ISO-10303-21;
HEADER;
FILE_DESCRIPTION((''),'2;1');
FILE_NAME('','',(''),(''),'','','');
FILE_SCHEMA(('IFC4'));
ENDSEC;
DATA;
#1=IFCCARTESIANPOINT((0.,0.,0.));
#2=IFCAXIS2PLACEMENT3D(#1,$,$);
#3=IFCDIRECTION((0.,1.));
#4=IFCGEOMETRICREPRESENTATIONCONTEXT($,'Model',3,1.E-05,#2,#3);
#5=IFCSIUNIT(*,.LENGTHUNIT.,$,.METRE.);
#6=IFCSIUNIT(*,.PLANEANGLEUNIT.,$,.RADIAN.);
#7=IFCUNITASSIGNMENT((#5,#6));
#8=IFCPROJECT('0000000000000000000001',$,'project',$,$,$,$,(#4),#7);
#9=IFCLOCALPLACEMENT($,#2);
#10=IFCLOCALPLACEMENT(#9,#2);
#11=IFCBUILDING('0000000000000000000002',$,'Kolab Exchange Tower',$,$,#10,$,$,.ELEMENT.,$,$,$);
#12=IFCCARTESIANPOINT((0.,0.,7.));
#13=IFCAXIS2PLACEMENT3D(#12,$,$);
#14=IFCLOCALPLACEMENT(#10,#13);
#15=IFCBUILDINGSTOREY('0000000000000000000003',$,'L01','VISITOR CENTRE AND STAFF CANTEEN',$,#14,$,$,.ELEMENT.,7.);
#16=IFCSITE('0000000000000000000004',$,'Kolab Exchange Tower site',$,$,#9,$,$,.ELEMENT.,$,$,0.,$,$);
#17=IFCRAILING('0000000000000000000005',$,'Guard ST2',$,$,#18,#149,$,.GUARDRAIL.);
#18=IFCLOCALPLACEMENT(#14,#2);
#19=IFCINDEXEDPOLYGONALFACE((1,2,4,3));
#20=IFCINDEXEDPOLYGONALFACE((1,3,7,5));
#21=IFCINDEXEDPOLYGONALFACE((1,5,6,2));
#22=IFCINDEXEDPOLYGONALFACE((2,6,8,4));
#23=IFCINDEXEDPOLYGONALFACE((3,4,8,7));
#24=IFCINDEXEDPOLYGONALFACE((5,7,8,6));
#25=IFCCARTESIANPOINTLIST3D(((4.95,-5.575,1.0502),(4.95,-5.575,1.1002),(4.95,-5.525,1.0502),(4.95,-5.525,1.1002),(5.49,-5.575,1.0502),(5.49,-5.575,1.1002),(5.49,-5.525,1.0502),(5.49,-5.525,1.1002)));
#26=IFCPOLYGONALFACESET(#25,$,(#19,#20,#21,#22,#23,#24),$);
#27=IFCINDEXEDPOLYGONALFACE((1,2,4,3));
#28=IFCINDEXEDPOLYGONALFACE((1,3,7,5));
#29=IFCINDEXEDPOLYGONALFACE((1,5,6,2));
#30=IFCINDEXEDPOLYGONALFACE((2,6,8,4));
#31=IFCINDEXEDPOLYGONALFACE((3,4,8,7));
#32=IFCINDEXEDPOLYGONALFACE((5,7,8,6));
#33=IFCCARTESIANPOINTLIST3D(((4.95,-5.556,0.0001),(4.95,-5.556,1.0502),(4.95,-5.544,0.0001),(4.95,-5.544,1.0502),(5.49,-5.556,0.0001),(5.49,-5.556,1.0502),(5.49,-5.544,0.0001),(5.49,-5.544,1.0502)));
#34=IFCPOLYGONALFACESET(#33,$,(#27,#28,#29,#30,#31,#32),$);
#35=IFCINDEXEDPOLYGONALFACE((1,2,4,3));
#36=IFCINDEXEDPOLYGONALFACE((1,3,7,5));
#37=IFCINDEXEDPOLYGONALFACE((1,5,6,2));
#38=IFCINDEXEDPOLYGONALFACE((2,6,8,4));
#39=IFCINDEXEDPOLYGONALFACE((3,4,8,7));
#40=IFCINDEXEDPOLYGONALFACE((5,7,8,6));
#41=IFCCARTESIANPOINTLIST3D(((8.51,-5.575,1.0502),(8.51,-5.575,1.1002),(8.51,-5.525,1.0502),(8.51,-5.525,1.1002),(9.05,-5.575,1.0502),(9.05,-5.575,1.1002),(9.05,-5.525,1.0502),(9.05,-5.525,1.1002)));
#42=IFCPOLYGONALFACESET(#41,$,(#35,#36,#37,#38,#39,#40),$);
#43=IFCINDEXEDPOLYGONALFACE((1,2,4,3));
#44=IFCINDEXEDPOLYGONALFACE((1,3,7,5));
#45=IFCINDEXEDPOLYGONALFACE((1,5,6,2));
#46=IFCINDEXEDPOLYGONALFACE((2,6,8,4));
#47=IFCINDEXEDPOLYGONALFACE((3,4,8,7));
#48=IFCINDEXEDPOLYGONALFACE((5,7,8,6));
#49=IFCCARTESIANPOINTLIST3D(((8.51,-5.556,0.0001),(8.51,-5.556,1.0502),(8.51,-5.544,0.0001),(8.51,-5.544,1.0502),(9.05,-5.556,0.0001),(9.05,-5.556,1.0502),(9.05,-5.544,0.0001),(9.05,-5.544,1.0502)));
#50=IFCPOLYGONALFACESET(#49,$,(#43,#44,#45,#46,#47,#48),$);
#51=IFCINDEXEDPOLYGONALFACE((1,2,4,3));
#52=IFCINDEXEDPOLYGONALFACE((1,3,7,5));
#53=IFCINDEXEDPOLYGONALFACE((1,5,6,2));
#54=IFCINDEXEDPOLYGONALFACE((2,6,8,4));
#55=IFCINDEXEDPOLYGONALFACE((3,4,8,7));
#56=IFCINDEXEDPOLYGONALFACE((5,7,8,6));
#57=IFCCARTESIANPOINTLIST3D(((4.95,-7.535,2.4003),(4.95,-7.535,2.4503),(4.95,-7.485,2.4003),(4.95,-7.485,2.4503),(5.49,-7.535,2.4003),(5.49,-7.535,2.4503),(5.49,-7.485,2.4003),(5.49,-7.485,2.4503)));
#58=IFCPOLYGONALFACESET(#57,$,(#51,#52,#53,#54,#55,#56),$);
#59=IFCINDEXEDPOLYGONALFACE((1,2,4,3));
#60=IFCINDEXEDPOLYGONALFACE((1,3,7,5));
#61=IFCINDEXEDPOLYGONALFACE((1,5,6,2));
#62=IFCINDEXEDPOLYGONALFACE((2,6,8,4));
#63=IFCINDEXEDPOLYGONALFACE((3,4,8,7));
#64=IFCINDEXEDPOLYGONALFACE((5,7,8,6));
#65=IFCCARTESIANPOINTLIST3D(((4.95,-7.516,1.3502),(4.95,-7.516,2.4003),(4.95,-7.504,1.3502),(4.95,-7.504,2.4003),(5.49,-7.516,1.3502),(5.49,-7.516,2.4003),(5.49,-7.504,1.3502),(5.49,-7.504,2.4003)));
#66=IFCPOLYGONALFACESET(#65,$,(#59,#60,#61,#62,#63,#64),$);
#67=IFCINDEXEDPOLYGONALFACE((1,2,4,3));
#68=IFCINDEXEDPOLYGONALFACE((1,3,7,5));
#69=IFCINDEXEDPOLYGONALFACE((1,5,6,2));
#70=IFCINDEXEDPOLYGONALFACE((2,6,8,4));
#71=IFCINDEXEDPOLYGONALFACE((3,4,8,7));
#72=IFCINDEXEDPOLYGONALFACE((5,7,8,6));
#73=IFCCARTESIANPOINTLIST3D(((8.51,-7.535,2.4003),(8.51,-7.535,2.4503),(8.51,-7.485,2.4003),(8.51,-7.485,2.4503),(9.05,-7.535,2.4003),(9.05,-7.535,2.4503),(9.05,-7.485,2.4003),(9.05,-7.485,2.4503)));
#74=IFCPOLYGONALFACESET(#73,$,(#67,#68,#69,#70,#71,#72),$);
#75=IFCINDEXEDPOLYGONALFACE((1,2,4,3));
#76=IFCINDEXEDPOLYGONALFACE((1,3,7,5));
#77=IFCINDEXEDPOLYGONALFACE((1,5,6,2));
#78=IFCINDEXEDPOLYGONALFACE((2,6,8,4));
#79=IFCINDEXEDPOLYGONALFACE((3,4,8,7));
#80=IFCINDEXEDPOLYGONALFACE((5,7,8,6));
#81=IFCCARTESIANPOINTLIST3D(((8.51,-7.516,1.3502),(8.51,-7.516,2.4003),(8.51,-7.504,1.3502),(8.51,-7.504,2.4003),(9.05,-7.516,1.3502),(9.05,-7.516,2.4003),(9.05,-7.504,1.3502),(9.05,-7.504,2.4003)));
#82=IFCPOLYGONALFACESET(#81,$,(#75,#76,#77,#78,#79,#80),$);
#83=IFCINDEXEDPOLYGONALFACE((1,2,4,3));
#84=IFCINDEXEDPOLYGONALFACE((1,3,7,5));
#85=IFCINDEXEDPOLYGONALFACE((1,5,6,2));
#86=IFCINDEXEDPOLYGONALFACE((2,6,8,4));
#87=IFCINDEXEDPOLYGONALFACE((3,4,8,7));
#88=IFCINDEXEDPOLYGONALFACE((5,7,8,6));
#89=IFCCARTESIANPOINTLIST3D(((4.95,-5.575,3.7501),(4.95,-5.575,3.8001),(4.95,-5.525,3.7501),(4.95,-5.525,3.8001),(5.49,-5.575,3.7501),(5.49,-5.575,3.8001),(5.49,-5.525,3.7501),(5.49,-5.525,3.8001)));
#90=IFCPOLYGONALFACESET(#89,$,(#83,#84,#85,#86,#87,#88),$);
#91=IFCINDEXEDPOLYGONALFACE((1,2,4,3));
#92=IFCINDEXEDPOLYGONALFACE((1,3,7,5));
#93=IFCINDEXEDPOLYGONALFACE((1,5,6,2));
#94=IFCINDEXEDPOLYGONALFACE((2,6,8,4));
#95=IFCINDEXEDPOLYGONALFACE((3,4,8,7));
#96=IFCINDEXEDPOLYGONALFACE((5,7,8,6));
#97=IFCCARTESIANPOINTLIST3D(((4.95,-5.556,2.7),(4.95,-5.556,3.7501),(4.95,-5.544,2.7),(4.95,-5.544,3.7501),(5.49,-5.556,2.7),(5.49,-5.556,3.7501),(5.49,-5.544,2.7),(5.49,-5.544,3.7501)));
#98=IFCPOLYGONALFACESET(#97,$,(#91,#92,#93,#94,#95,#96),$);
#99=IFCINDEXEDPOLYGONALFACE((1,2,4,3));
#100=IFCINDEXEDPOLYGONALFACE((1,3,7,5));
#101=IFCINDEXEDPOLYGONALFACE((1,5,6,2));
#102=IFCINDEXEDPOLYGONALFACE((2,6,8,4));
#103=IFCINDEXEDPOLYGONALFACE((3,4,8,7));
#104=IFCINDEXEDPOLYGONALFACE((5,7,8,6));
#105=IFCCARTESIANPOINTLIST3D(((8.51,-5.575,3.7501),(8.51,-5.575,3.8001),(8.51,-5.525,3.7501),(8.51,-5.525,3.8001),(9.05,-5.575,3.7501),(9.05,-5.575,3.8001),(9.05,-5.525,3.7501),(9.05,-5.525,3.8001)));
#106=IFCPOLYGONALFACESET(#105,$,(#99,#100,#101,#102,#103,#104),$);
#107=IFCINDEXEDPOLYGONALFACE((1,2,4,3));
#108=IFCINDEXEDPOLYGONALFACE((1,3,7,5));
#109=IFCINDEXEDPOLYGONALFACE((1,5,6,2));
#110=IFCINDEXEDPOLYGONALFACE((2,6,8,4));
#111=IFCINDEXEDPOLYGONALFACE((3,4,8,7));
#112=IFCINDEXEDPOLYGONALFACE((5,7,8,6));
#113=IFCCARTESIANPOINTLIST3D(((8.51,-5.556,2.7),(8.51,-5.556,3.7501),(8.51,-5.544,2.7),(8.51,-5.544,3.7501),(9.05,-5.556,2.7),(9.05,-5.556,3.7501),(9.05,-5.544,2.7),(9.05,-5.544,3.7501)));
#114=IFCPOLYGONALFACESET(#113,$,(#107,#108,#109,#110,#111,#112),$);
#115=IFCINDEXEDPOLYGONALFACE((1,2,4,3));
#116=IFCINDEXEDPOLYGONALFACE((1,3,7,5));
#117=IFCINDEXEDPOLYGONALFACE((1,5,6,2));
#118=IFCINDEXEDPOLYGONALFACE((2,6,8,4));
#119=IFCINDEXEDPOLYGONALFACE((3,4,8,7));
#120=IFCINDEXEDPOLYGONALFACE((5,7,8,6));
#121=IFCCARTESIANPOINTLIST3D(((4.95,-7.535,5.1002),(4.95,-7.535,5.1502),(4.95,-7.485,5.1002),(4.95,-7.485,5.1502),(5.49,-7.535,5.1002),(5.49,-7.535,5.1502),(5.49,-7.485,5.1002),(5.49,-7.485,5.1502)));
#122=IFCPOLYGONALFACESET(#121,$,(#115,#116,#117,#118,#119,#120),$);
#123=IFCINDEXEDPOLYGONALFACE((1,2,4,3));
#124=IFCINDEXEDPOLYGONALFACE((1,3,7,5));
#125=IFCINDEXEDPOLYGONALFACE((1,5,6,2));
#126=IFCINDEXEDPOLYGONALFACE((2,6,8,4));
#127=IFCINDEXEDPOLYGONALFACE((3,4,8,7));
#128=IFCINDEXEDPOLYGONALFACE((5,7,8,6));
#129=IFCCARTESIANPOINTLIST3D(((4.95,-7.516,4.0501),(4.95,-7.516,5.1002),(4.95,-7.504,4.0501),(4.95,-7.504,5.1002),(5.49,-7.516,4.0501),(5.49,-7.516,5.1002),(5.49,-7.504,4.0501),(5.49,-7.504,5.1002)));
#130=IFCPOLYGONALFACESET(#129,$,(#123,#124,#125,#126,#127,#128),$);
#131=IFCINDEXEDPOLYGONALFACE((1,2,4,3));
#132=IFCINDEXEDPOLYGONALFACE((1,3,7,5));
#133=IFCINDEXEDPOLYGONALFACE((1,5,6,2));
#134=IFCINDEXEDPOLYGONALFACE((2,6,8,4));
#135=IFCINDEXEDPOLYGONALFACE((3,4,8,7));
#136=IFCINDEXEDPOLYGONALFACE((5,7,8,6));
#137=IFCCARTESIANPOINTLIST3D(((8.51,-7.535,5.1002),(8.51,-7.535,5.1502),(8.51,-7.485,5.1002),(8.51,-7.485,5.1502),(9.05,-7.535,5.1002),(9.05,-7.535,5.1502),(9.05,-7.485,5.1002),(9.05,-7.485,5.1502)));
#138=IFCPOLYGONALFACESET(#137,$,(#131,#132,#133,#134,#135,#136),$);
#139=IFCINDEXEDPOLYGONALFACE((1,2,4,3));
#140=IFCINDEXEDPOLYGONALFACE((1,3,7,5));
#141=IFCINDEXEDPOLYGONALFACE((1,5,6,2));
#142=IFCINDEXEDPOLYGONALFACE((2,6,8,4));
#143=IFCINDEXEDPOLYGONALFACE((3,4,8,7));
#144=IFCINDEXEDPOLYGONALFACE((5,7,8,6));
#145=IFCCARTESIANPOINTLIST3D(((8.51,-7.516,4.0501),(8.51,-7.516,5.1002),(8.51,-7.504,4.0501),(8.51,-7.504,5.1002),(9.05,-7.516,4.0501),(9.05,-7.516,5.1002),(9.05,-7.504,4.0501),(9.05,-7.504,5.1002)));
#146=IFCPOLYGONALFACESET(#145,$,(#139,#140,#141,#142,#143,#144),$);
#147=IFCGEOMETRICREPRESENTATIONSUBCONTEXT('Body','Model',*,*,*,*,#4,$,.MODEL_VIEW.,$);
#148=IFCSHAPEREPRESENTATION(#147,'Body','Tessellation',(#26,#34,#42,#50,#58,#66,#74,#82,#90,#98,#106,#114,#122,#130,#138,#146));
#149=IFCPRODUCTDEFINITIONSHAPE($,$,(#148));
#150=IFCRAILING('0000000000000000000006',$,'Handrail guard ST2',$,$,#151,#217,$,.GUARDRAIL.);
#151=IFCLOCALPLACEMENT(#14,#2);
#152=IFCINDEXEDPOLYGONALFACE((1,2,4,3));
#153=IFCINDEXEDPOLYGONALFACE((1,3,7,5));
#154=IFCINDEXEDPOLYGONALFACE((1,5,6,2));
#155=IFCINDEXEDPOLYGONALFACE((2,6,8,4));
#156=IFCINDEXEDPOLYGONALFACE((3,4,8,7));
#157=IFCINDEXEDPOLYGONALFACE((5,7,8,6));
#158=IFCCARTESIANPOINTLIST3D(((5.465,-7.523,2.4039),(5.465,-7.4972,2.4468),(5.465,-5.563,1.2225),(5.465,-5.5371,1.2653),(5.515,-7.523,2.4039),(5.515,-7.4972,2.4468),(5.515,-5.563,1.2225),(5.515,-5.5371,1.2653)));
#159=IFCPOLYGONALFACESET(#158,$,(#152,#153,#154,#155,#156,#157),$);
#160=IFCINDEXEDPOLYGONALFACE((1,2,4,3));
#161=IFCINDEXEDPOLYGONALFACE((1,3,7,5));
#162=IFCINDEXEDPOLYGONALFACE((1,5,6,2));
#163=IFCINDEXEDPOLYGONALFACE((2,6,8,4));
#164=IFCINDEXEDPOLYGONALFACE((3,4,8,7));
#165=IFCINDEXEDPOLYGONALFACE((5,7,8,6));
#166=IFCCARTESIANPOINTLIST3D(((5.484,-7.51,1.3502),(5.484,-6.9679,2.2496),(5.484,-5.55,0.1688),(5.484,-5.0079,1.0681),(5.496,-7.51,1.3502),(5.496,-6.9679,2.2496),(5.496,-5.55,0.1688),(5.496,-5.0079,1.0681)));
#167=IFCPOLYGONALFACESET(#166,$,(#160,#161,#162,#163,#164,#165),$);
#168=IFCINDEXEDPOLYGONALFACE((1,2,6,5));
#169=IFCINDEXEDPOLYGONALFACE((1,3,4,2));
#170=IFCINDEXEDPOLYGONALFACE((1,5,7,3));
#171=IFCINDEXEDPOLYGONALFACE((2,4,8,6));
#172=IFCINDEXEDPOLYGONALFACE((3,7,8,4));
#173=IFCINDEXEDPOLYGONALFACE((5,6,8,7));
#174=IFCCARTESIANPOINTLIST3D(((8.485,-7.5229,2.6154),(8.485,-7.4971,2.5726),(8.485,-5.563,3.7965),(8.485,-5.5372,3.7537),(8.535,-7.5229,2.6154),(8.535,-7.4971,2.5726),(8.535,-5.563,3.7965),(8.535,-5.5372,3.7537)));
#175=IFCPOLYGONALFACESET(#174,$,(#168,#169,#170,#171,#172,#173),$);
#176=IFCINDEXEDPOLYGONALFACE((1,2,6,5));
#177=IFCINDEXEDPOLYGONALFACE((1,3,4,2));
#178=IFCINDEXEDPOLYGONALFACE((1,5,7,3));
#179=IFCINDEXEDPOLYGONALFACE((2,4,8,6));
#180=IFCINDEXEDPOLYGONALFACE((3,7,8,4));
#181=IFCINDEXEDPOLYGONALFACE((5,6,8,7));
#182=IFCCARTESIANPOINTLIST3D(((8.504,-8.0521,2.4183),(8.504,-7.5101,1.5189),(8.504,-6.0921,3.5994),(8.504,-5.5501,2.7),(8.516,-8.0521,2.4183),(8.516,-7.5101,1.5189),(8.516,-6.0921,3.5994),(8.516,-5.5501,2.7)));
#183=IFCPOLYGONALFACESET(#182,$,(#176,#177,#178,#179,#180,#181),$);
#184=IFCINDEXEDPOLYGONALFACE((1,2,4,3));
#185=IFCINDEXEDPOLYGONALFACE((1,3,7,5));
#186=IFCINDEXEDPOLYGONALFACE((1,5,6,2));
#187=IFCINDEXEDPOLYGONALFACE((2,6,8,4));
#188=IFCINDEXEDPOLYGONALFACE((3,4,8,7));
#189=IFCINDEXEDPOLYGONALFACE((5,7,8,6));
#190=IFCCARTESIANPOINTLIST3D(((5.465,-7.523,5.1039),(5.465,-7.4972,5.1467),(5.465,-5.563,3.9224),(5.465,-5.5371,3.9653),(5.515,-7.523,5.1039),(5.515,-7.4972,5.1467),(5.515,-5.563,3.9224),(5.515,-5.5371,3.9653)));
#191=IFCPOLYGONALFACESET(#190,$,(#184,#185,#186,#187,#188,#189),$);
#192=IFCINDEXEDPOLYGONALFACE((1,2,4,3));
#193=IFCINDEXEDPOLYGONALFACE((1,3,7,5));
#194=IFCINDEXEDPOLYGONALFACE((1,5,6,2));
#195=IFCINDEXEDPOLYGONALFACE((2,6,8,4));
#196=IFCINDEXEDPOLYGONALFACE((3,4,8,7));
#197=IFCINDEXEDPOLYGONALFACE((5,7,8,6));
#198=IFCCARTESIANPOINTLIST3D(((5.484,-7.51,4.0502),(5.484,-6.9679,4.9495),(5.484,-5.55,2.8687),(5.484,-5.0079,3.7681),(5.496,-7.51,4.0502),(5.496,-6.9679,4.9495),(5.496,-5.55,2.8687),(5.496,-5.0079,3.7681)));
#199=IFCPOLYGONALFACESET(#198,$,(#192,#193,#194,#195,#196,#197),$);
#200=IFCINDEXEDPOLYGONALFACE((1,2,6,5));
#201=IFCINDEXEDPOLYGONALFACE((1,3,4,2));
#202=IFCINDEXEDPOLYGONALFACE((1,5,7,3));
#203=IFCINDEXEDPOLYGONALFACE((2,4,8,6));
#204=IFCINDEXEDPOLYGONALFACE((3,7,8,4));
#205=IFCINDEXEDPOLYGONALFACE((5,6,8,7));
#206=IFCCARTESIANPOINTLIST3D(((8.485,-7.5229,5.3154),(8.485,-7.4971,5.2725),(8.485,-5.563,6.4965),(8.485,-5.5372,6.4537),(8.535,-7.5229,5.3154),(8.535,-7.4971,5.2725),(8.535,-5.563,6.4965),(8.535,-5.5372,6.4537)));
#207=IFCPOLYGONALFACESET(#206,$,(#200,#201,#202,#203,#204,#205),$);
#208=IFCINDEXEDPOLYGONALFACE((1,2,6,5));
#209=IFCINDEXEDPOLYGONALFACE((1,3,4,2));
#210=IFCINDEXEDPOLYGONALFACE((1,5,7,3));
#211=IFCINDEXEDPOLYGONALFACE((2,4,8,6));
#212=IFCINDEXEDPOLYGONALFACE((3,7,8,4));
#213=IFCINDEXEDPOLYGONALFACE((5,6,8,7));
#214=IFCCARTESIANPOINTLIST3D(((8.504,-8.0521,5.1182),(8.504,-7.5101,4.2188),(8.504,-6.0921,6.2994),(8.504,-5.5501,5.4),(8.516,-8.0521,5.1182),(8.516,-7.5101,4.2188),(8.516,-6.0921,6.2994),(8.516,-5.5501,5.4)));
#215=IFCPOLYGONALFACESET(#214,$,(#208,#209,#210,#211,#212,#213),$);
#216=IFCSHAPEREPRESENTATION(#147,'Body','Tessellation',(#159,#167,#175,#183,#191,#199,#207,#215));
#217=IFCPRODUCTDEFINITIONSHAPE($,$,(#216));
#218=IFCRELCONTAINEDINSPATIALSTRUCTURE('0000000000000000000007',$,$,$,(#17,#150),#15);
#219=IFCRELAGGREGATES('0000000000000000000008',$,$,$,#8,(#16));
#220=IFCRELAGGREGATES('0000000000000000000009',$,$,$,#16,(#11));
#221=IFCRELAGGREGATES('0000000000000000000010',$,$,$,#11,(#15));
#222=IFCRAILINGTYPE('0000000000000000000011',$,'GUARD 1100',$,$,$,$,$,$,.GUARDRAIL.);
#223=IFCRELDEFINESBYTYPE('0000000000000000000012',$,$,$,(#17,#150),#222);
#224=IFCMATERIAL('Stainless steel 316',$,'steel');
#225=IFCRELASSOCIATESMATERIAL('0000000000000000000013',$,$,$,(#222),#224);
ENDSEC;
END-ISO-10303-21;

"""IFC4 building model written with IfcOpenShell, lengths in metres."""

from ifc_helpers import new_model, si_unit, direction, frame, frame_2d, origin, origin_2d, place, context, subcontext, project, spatial, rectangle, extrude, material, type_object, element, save


model = new_model("IFC4")

# Units and contexts
model_context = context("Model", 3, precision=1e-05, world=origin(), true_north=direction((0.0, 1.0)))
body_context = subcontext(model_context, "Body", "Model", "MODEL_VIEW")
ifc_project = project(units=[si_unit("LENGTHUNIT", "METRE"), si_unit("PLANEANGLEUNIT", "RADIAN")], contexts=[model_context])

# Site, building, storey
site_placement = place(None, origin())
site = spatial("IfcSite", under=ifc_project, at=site_placement, Name="Kolab Exchange Tower site", CompositionType="ELEMENT", RefElevation=0.0)
building_placement = place(site_placement, origin())
building = spatial("IfcBuilding", under=site, at=building_placement, Name="Kolab Exchange Tower", CompositionType="ELEMENT")
storey_placement = place(building_placement, frame((0.0, 0.0, 7.0)))
storey = spatial("IfcBuildingStorey", under=building, at=storey_placement, Name="L01", Description="VISITOR CENTRE AND STAFF CANTEEN", CompositionType="ELEMENT", Elevation=7.0)

# Shared definitions
ifc_material_1 = material(Name="Stainless steel 316", Category="steel")

# Railings
railing_type = type_object("IfcRailingType", Name="GUARD 1100", PredefinedType="GUARDRAIL", material=ifc_material_1)
railing_1_placement = place(storey_placement, frame((4.95, -5.55, 0.0)))
element("IfcRailing", 1, at=railing_1_placement, inside=storey, type_object=railing_type, Name="Guard ST2", PredefinedType="GUARDRAIL", context=body_context, shape_type="SweptSolid", body=[
    extrude(rectangle(XDim=0.05, YDim=0.05, at=origin_2d()), frame((0.0, 0.0, 1.0752), z_axis=(1.0, 0.0, 0.0), x_axis=(0.0, 1.0, 0.0)), (0.0, 0.0, 1.0), 0.54),
    extrude(rectangle(XDim=0.012, YDim=1.0501, at=frame_2d((0.0, 0.5251))), frame((0.0, 0.0, 0.0), z_axis=(1.0, 0.0, 0.0), x_axis=(0.0, 1.0, 0.0)), (0.0, 0.0, 1.0), 0.54),
    extrude(rectangle(XDim=0.05, YDim=0.05, at=origin_2d()), frame((3.5601, 0.0, 1.0752), z_axis=(1.0, 0.0, 0.0), x_axis=(0.0, 1.0, 0.0)), (0.0, 0.0, 1.0), 0.54),
    extrude(rectangle(XDim=0.012, YDim=1.0501, at=frame_2d((0.0, 0.5251))), frame((3.5601, 0.0, 0.0), z_axis=(1.0, 0.0, 0.0), x_axis=(0.0, 1.0, 0.0)), (0.0, 0.0, 1.0), 0.54),
    extrude(rectangle(XDim=0.05, YDim=0.05, at=origin_2d()), frame((0.0, -1.96, 2.4253), z_axis=(1.0, 0.0, 0.0), x_axis=(0.0, 1.0, 0.0)), (0.0, 0.0, 1.0), 0.54),
    extrude(rectangle(XDim=0.012, YDim=1.0501, at=frame_2d((0.0, 0.5251))), frame((0.0, -1.96, 1.3501), z_axis=(1.0, 0.0, 0.0), x_axis=(0.0, 1.0, 0.0)), (0.0, 0.0, 1.0), 0.54),
    extrude(rectangle(XDim=0.05, YDim=0.05, at=origin_2d()), frame((3.5601, -1.96, 2.4253), z_axis=(1.0, 0.0, 0.0), x_axis=(0.0, 1.0, 0.0)), (0.0, 0.0, 1.0), 0.54),
    extrude(rectangle(XDim=0.012, YDim=1.0501, at=frame_2d((0.0, 0.5251))), frame((3.5601, -1.96, 1.3501), z_axis=(1.0, 0.0, 0.0), x_axis=(0.0, 1.0, 0.0)), (0.0, 0.0, 1.0), 0.54),
    extrude(rectangle(XDim=0.05, YDim=0.05, at=origin_2d()), frame((0.0, 0.0, 3.7751), z_axis=(1.0, 0.0, 0.0), x_axis=(0.0, 1.0, 0.0)), (0.0, 0.0, 1.0), 0.54),
    extrude(rectangle(XDim=0.012, YDim=1.0501, at=frame_2d((0.0, 0.5251))), frame((0.0, 0.0, 2.7), z_axis=(1.0, 0.0, 0.0), x_axis=(0.0, 1.0, 0.0)), (0.0, 0.0, 1.0), 0.54),
    extrude(rectangle(XDim=0.05, YDim=0.05, at=origin_2d()), frame((3.5601, 0.0, 3.7751), z_axis=(1.0, 0.0, 0.0), x_axis=(0.0, 1.0, 0.0)), (0.0, 0.0, 1.0), 0.54),
    extrude(rectangle(XDim=0.012, YDim=1.0501, at=frame_2d((0.0, 0.5251))), frame((3.5601, 0.0, 2.7), z_axis=(1.0, 0.0, 0.0), x_axis=(0.0, 1.0, 0.0)), (0.0, 0.0, 1.0), 0.54),
    extrude(rectangle(XDim=0.05, YDim=0.05, at=origin_2d()), frame((0.0, -1.96, 5.1252), z_axis=(1.0, 0.0, 0.0), x_axis=(0.0, 1.0, 0.0)), (0.0, 0.0, 1.0), 0.54),
    extrude(rectangle(XDim=0.012, YDim=1.0501, at=frame_2d((0.0, 0.5251))), frame((0.0, -1.96, 4.05), z_axis=(1.0, 0.0, 0.0), x_axis=(0.0, 1.0, 0.0)), (0.0, 0.0, 1.0), 0.54),
    extrude(rectangle(XDim=0.05, YDim=0.05, at=origin_2d()), frame((3.5601, -1.96, 5.1252), z_axis=(1.0, 0.0, 0.0), x_axis=(0.0, 1.0, 0.0)), (0.0, 0.0, 1.0), 0.54),
    extrude(rectangle(XDim=0.012, YDim=1.0501, at=frame_2d((0.0, 0.5251))), frame((3.5601, -1.96, 4.05), z_axis=(1.0, 0.0, 0.0), x_axis=(0.0, 1.0, 0.0)), (0.0, 0.0, 1.0), 0.54),
])
railing_2_placement = place(storey_placement, frame((5.49, -5.55, 0.1687)))
element("IfcRailing", 2, at=railing_2_placement, inside=storey, type_object=railing_type, Name="Handrail guard ST2", PredefinedType="GUARDRAIL", context=body_context, shape_type="SweptSolid", body=[
    extrude(rectangle(XDim=0.05, YDim=0.05, at=origin_2d()), frame((0.0, 0.0, 1.0752), z_axis=(0.0, -0.856446, 0.516236), x_axis=(1.0, 0.0, 0.0)), (0.0, 0.0, 1.0), 2.2886),
    extrude(rectangle(XDim=0.012, YDim=1.0501, at=frame_2d((0.0, 0.5251))), frame((0.0, 0.0, 0.0), z_axis=(0.0, -0.856446, 0.516236), x_axis=(1.0, 0.0, 0.0)), (0.0, 0.0, 1.0), 2.2886),
    extrude(rectangle(XDim=0.05, YDim=0.05, at=origin_2d()), frame((3.02, -1.96, 2.4253), z_axis=(0.0, 0.856493, 0.516158), x_axis=(-1.0, 0.0, 0.0)), (0.0, 0.0, 1.0), 2.2883),
    extrude(rectangle(XDim=0.012, YDim=1.0501, at=frame_2d((0.0, 0.5251))), frame((3.02, -1.96, 1.3501), z_axis=(0.0, 0.856493, 0.516158), x_axis=(-1.0, 0.0, 0.0)), (0.0, 0.0, 1.0), 2.2883),
    extrude(rectangle(XDim=0.05, YDim=0.05, at=origin_2d()), frame((0.0, 0.0, 3.7751), z_axis=(0.0, -0.856446, 0.516236), x_axis=(1.0, 0.0, 0.0)), (0.0, 0.0, 1.0), 2.2886),
    extrude(rectangle(XDim=0.012, YDim=1.0501, at=frame_2d((0.0, 0.5251))), frame((0.0, 0.0, 2.7), z_axis=(0.0, -0.856446, 0.516236), x_axis=(1.0, 0.0, 0.0)), (0.0, 0.0, 1.0), 2.2886),
    extrude(rectangle(XDim=0.05, YDim=0.05, at=origin_2d()), frame((3.02, -1.96, 5.1252), z_axis=(0.0, 0.856493, 0.516158), x_axis=(-1.0, 0.0, 0.0)), (0.0, 0.0, 1.0), 2.2883),
    extrude(rectangle(XDim=0.012, YDim=1.0501, at=frame_2d((0.0, 0.5251))), frame((3.02, -1.96, 4.05), z_axis=(0.0, 0.856493, 0.516158), x_axis=(-1.0, 0.0, 0.0)), (0.0, 0.0, 1.0), 2.2883),
])

save(model, "model.ifc")
